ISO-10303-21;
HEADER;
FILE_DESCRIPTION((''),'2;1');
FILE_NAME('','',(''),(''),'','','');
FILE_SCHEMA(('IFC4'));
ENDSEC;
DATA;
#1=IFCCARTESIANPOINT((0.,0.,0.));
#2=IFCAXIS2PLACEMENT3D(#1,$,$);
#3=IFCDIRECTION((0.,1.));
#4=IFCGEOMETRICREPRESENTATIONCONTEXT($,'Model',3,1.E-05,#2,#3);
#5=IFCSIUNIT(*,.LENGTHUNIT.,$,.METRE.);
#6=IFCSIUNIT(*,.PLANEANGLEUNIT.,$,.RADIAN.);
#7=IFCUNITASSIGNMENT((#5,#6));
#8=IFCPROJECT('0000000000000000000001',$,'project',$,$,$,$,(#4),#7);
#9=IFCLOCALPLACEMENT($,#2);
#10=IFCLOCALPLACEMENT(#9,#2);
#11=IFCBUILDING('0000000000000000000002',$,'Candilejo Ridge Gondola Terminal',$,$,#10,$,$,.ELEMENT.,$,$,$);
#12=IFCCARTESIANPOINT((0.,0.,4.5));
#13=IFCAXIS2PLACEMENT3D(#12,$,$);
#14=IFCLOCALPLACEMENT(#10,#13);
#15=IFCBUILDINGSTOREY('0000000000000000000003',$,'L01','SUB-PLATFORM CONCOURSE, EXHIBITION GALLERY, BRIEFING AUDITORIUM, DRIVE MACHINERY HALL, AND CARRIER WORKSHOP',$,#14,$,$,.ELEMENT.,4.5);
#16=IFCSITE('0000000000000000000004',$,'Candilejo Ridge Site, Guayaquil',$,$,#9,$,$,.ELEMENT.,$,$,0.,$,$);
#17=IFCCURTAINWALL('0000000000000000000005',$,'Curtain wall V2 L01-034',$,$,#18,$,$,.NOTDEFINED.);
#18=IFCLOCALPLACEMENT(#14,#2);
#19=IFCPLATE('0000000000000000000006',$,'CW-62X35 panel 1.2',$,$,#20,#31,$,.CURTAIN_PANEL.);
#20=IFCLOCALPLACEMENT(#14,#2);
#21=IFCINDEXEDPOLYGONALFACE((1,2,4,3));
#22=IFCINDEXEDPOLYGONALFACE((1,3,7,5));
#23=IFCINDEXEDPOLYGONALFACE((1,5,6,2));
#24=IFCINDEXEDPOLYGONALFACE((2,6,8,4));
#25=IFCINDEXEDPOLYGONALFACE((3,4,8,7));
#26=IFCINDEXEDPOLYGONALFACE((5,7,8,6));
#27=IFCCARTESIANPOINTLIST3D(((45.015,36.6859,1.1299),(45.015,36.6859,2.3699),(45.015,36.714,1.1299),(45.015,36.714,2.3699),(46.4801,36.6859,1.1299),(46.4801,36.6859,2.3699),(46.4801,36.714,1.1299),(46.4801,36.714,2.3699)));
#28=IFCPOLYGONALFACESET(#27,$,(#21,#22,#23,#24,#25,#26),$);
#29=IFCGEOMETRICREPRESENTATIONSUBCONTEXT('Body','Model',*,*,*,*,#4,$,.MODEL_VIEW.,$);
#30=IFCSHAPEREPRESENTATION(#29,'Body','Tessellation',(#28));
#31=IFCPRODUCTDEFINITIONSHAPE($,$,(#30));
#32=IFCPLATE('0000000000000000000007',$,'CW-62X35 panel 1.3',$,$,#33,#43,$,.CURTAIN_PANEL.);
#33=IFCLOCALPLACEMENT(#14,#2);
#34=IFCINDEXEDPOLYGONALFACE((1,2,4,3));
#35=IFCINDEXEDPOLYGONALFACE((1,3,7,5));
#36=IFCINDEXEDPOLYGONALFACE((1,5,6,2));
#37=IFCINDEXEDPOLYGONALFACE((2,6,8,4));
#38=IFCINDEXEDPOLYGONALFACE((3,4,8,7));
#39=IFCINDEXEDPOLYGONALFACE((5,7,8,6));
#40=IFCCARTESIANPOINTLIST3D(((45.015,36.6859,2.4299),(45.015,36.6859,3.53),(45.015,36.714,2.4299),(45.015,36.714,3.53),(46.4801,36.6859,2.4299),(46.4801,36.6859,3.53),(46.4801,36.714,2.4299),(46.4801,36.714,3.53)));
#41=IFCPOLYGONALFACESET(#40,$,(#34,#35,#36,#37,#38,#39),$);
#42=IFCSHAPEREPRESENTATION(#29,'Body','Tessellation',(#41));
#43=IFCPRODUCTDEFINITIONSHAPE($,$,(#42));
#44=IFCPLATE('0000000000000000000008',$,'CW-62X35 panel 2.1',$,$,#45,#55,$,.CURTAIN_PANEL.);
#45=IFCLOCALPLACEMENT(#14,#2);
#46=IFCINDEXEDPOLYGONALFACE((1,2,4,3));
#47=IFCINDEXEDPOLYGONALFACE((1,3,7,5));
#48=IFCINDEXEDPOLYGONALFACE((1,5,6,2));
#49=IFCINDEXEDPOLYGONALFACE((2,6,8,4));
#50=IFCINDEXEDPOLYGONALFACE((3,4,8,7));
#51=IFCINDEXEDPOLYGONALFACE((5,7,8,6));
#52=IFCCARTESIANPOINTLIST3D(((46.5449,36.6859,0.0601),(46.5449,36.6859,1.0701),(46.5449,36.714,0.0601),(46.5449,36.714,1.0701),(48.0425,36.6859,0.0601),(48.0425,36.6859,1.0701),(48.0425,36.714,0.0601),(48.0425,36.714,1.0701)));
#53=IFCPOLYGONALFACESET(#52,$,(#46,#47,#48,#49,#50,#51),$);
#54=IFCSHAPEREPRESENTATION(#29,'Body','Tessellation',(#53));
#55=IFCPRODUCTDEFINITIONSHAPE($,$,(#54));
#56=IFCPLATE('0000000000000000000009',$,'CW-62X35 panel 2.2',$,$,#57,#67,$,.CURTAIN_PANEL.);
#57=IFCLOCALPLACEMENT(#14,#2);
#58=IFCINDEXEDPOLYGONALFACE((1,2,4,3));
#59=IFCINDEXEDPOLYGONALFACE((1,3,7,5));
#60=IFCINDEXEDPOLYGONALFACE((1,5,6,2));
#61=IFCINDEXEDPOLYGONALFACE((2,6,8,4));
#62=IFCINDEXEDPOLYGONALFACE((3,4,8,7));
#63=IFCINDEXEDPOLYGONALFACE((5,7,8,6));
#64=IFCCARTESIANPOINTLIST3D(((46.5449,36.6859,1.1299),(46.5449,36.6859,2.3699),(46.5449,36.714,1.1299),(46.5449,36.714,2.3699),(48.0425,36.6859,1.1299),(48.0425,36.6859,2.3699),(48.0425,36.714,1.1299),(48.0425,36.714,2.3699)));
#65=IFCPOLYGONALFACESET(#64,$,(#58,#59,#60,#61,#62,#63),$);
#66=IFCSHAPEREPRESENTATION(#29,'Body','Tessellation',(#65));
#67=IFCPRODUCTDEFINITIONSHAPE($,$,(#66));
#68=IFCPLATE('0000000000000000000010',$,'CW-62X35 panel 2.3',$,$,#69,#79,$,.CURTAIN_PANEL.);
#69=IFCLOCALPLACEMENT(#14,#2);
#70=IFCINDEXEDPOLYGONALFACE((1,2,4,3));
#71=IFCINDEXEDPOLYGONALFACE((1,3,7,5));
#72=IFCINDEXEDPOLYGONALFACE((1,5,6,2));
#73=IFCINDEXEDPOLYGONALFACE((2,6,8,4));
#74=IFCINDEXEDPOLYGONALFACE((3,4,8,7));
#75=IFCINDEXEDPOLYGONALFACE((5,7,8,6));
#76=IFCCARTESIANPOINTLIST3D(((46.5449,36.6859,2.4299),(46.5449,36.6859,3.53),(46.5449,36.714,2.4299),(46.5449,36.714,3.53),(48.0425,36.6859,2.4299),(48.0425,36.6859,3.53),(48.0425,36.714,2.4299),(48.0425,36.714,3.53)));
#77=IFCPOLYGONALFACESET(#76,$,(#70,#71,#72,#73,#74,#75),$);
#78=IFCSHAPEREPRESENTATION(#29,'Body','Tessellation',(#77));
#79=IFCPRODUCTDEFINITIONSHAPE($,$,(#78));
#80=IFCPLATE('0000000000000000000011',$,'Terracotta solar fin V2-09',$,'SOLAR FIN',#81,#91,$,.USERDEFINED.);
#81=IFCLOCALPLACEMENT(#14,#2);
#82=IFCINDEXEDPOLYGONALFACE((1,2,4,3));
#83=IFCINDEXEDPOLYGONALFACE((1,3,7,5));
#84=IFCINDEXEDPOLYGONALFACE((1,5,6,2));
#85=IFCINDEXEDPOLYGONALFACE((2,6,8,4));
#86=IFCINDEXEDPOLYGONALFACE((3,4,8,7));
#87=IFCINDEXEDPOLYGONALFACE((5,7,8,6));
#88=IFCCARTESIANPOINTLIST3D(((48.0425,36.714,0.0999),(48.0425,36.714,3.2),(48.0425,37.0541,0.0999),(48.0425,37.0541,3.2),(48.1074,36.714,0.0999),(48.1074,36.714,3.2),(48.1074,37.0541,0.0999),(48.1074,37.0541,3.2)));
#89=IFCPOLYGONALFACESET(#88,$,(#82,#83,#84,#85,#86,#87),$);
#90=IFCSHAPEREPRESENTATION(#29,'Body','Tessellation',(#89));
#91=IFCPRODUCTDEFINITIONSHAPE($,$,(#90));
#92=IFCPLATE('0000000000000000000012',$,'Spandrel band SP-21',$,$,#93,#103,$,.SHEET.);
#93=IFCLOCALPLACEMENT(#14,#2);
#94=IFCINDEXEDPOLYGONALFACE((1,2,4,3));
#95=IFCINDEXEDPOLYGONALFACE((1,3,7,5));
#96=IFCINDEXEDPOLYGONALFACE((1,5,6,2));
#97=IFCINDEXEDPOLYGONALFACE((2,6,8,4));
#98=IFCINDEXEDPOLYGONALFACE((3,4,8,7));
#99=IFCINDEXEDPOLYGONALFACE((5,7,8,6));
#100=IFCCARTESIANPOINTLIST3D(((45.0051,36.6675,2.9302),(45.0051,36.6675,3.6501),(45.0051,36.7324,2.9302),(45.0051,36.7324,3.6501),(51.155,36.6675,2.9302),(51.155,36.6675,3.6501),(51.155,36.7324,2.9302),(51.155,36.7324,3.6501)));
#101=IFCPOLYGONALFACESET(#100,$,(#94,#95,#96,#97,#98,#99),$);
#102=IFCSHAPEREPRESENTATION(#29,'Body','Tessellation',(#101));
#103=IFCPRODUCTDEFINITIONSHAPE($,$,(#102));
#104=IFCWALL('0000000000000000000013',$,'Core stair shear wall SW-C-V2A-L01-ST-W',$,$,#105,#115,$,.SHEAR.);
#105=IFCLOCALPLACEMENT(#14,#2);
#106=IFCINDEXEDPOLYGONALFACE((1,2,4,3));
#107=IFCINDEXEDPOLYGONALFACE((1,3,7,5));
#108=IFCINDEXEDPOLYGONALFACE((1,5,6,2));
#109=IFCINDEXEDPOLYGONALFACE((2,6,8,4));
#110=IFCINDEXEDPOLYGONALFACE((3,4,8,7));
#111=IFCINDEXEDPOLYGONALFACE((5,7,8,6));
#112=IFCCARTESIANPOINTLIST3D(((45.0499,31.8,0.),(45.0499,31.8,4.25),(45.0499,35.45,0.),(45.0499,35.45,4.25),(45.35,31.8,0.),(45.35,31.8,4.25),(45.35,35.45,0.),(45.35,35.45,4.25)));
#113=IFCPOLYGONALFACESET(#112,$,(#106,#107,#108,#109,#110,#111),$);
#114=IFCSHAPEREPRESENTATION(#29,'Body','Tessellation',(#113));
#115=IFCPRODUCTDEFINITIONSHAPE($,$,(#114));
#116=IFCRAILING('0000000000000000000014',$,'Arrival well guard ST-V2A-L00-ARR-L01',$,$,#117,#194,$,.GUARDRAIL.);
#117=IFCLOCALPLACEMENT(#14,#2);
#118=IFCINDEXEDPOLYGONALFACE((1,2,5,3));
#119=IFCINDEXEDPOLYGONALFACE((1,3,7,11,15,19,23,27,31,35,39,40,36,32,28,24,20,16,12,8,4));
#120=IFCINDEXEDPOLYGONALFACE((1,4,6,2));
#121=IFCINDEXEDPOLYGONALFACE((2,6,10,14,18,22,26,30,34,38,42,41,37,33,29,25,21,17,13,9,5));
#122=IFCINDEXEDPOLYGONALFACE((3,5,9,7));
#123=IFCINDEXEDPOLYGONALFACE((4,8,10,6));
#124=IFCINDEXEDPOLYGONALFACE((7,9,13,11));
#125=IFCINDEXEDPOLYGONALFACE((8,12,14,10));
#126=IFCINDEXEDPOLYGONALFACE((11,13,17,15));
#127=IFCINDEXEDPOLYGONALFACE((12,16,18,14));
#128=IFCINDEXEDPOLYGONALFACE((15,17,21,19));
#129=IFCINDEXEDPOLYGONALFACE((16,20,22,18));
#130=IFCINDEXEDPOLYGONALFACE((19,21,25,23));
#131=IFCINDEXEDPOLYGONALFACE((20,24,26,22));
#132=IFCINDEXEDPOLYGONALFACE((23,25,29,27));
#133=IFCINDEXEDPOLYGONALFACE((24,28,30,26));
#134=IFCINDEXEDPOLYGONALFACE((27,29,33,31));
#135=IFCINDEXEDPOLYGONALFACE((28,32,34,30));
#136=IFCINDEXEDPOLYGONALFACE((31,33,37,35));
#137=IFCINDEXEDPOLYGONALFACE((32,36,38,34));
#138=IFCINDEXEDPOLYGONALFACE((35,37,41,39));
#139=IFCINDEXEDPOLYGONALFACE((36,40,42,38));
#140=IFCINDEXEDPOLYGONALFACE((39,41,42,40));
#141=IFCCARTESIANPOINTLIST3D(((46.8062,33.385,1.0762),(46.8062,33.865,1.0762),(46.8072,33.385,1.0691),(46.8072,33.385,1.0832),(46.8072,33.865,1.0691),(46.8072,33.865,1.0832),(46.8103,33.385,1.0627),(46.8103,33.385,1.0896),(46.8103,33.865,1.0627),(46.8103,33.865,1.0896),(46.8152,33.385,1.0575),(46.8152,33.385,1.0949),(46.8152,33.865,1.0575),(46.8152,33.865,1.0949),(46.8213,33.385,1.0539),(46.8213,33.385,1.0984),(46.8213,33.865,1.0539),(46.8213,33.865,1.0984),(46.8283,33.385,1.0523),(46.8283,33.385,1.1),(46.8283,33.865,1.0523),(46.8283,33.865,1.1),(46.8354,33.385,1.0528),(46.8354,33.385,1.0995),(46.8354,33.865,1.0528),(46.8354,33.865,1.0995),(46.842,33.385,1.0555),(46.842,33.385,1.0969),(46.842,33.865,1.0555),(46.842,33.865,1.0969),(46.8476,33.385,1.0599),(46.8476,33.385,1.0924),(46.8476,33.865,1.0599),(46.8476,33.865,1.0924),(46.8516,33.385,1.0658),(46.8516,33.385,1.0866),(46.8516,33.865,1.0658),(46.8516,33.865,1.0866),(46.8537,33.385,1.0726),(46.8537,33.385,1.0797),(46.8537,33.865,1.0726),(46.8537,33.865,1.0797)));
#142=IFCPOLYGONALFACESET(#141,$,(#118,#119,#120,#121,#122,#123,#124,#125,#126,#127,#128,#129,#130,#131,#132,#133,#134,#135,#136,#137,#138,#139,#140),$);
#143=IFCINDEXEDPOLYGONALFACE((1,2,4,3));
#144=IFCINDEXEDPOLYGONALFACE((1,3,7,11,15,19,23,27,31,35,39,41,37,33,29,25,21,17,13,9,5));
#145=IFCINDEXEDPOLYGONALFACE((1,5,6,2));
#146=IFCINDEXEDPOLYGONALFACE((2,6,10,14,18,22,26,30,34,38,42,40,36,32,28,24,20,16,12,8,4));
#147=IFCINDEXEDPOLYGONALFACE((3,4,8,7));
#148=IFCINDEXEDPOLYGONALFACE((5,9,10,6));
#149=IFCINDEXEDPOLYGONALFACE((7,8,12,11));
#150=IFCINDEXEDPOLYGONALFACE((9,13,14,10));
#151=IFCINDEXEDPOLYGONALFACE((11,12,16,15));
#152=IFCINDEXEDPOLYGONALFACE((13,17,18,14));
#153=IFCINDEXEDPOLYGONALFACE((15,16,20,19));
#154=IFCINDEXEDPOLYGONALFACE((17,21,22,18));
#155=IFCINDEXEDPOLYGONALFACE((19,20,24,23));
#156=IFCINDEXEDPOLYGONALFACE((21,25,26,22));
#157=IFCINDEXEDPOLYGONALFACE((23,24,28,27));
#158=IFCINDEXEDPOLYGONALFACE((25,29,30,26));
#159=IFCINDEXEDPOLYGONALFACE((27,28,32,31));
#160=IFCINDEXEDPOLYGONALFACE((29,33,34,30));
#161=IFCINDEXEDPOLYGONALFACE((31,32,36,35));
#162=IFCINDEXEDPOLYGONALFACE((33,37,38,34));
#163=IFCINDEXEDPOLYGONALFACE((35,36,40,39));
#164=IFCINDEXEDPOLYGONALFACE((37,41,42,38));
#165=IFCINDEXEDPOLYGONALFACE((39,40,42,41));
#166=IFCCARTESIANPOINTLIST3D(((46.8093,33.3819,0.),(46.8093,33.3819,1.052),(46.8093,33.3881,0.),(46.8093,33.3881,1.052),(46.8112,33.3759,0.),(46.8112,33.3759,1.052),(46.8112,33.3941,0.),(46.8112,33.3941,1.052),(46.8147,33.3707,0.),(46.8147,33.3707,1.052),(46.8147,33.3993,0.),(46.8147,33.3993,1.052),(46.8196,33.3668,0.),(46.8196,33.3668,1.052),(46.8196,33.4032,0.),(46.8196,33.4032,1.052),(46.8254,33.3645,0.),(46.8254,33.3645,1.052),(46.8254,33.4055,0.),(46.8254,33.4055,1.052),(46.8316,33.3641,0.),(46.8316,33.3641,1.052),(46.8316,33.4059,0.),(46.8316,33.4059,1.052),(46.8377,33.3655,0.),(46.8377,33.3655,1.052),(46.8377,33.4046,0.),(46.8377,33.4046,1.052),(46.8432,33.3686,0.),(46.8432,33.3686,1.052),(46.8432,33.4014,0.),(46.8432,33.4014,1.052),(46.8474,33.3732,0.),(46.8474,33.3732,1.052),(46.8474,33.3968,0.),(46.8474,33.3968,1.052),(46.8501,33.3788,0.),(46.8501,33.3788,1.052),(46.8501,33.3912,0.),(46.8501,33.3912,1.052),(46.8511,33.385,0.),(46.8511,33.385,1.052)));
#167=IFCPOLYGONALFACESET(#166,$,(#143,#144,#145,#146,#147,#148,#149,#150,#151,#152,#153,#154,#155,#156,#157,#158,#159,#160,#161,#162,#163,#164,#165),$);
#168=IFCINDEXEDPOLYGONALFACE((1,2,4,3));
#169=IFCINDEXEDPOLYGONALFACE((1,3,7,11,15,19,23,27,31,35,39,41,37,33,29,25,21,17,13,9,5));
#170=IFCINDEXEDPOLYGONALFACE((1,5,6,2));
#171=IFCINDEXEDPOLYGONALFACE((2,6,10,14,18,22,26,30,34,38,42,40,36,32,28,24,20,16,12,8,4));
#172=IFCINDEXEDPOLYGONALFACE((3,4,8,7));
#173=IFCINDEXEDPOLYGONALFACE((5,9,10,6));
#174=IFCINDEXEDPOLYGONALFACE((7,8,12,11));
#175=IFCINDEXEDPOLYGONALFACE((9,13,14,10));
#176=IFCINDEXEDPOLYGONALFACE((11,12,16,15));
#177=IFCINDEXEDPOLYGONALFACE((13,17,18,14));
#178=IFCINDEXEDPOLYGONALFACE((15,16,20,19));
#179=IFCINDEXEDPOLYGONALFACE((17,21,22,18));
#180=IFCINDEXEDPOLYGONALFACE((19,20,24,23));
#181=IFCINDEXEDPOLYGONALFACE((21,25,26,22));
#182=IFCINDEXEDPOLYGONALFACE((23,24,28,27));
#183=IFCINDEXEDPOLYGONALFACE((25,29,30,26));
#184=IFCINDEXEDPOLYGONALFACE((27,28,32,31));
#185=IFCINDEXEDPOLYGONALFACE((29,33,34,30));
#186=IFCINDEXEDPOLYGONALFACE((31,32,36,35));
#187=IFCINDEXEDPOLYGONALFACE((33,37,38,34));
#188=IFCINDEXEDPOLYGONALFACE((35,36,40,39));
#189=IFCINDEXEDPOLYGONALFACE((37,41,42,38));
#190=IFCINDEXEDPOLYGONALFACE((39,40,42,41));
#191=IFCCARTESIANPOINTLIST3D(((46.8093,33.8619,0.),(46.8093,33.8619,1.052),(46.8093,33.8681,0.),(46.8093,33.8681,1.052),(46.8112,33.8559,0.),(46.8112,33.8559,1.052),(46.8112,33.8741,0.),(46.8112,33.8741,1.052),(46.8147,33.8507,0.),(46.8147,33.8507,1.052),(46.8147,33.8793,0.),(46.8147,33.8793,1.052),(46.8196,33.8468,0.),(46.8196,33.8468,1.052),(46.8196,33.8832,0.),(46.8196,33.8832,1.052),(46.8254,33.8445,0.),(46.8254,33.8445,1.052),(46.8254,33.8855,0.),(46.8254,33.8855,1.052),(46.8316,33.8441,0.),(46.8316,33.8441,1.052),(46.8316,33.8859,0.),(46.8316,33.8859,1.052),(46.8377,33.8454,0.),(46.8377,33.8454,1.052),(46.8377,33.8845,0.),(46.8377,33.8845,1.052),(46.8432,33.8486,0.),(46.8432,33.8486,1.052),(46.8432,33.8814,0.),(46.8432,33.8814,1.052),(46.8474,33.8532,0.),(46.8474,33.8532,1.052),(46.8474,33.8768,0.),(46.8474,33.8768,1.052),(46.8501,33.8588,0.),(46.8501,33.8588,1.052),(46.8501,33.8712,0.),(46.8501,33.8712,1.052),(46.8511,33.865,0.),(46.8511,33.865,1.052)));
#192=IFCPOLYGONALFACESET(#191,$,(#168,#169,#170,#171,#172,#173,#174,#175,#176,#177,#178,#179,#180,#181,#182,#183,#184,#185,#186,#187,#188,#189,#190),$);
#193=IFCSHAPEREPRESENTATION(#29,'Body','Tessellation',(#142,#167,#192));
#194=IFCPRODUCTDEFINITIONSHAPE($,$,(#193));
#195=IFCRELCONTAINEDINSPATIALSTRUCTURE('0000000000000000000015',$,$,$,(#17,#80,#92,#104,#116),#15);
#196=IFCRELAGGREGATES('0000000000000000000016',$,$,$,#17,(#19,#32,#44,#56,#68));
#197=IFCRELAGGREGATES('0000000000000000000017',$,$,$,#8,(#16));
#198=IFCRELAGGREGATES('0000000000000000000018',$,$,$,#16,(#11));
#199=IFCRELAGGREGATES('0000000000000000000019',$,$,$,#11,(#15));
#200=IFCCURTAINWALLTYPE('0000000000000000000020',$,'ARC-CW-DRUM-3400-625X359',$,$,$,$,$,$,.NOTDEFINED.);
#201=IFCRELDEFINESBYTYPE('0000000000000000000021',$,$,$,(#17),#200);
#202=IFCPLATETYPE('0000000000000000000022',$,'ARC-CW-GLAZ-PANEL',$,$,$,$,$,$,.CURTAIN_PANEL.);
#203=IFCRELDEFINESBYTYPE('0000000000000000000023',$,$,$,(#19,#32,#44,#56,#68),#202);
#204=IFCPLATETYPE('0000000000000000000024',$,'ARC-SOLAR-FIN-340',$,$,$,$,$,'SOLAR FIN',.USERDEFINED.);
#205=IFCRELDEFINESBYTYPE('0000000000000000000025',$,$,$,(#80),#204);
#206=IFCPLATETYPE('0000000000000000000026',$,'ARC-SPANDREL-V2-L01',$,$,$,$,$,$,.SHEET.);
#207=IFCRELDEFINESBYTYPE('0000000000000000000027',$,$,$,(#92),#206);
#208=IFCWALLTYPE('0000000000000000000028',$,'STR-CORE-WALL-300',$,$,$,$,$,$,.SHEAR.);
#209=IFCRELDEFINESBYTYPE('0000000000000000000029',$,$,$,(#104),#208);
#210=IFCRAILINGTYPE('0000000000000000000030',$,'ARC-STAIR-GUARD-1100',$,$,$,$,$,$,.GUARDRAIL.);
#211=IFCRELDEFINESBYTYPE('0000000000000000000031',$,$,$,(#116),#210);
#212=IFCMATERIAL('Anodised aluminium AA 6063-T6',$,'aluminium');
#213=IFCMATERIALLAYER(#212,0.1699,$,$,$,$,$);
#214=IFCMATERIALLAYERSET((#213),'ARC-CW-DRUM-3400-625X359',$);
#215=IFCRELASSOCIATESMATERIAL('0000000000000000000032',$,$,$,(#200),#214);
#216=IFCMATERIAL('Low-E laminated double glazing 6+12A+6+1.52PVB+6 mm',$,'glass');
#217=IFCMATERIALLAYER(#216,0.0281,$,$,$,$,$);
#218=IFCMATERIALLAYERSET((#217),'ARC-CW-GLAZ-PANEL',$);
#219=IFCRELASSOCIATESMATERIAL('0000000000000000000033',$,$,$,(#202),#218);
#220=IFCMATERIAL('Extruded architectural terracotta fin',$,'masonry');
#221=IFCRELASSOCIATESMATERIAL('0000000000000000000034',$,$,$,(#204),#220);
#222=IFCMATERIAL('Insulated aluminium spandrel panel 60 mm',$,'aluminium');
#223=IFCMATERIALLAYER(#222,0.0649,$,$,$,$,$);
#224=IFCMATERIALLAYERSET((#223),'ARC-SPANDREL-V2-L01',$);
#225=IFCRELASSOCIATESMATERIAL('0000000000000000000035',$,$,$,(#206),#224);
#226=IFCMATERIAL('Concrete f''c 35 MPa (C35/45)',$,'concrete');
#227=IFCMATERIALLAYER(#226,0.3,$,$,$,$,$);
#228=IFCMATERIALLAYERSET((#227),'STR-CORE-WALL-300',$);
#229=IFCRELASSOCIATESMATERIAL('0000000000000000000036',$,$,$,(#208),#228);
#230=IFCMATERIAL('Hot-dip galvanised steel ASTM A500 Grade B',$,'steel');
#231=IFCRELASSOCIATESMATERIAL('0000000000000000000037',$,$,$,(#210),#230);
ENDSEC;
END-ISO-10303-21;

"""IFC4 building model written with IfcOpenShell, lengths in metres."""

from ifc_helpers import new_model, si_unit, direction, frame, frame_2d, origin, origin_2d, place, context, subcontext, project, spatial, rectangle, circle, extrude, material, layer, layer_set, type_object, element, aggregate, save


model = new_model("IFC4")

# Units and contexts
model_context = context("Model", 3, precision=1e-05, world=origin(), true_north=direction((0.0, 1.0)))
body_context = subcontext(model_context, "Body", "Model", "MODEL_VIEW")
ifc_project = project(units=[si_unit("LENGTHUNIT", "METRE"), si_unit("PLANEANGLEUNIT", "RADIAN")], contexts=[model_context])

# Site, building, storey
site_placement = place(None, origin())
site = spatial("IfcSite", under=ifc_project, at=site_placement, Name="Candilejo Ridge Site, Guayaquil", CompositionType="ELEMENT", RefElevation=0.0)
building_placement = place(site_placement, origin())
building = spatial("IfcBuilding", under=site, at=building_placement, Name="Candilejo Ridge Gondola Terminal", CompositionType="ELEMENT")
storey_placement = place(building_placement, frame((0.0, 0.0, 4.5)))
storey = spatial("IfcBuildingStorey", under=building, at=storey_placement, Name="L01", Description="SUB-PLATFORM CONCOURSE, EXHIBITION GALLERY, BRIEFING AUDITORIUM, DRIVE MACHINERY HALL, AND CARRIER WORKSHOP", CompositionType="ELEMENT", Elevation=4.5)

# Curtain wall, plates
ifc_material_1 = material(Name="Anodised aluminium AA 6063-T6", Category="aluminium")
ifc_layer_1 = layer(ifc_material_1, 0.1699)
ifc_layer_set_1 = layer_set([ifc_layer_1], Name="ARC-CW-DRUM-3400-625X359")
curtain_wall_type = type_object("IfcCurtainWallType", Name="ARC-CW-DRUM-3400-625X359", PredefinedType="NOTDEFINED", material=ifc_layer_set_1)
curtain_wall_placement = place(storey_placement, origin())
curtain_wall = element("IfcCurtainWall", 1, at=curtain_wall_placement, inside=storey, type_object=curtain_wall_type, Name="Curtain wall V2 L01-034", PredefinedType="NOTDEFINED")
ifc_material_2 = material(Name="Low-E laminated double glazing 6+12A+6+1.52PVB+6 mm", Category="glass")
ifc_layer_2 = layer(ifc_material_2, 0.0281)
ifc_layer_set_2 = layer_set([ifc_layer_2], Name="ARC-CW-GLAZ-PANEL")
plate_type_1 = type_object("IfcPlateType", Name="ARC-CW-GLAZ-PANEL", PredefinedType="CURTAIN_PANEL", material=ifc_layer_set_2)
plate_1_placement = place(storey_placement, frame((45.7476, 36.7, 1.1299), z_axis=(0.0, 0.0, 1.0), x_axis=(1.0, 0.0, 0.0)))
plate_1 = element("IfcPlate", 2, at=plate_1_placement, type_object=plate_type_1, Name="CW-62X35 panel 1.2", PredefinedType="CURTAIN_PANEL", context=body_context, shape_type="SweptSolid", body=[
    extrude(rectangle(XDim=1.4651, YDim=0.0281, at=origin_2d()), origin(), (0.0, 0.0, 1.0), 1.24),
])
plate_2_placement = place(storey_placement, frame((45.7476, 36.7, 2.4299), z_axis=(0.0, 0.0, 1.0), x_axis=(1.0, 0.0, 0.0)))
plate_2 = element("IfcPlate", 3, at=plate_2_placement, type_object=plate_type_1, Name="CW-62X35 panel 1.3", PredefinedType="CURTAIN_PANEL", context=body_context, shape_type="SweptSolid", body=[
    extrude(rectangle(XDim=1.4651, YDim=0.0281, at=origin_2d()), origin(), (0.0, 0.0, 1.0), 1.1001),
])
plate_3_placement = place(storey_placement, frame((47.2937, 36.7, 0.0601), z_axis=(0.0, 0.0, 1.0), x_axis=(1.0, 0.0, 0.0)))
plate_3 = element("IfcPlate", 4, at=plate_3_placement, type_object=plate_type_1, Name="CW-62X35 panel 2.1", PredefinedType="CURTAIN_PANEL", context=body_context, shape_type="SweptSolid", body=[
    extrude(rectangle(XDim=1.4976, YDim=0.0281, at=origin_2d()), origin(), (0.0, 0.0, 1.0), 1.01),
])
plate_4_placement = place(storey_placement, frame((47.2937, 36.7, 1.1299), z_axis=(0.0, 0.0, 1.0), x_axis=(1.0, 0.0, 0.0)))
plate_4 = element("IfcPlate", 5, at=plate_4_placement, type_object=plate_type_1, Name="CW-62X35 panel 2.2", PredefinedType="CURTAIN_PANEL", context=body_context, shape_type="SweptSolid", body=[
    extrude(rectangle(XDim=1.4976, YDim=0.0281, at=origin_2d()), origin(), (0.0, 0.0, 1.0), 1.24),
])
plate_5_placement = place(storey_placement, frame((47.2937, 36.7, 2.4299), z_axis=(0.0, 0.0, 1.0), x_axis=(1.0, 0.0, 0.0)))
plate_5 = element("IfcPlate", 6, at=plate_5_placement, type_object=plate_type_1, Name="CW-62X35 panel 2.3", PredefinedType="CURTAIN_PANEL", context=body_context, shape_type="SweptSolid", body=[
    extrude(rectangle(XDim=1.4976, YDim=0.0281, at=origin_2d()), origin(), (0.0, 0.0, 1.0), 1.1001),
])
aggregate(curtain_wall, [plate_1, plate_2, plate_3, plate_4, plate_5])

# Plates
ifc_material_3 = material(Name="Extruded architectural terracotta fin", Category="masonry")
plate_type_2 = type_object("IfcPlateType", Name="ARC-SOLAR-FIN-340", ElementType="SOLAR FIN", PredefinedType="USERDEFINED", material=ifc_material_3)
plate_6_placement = place(storey_placement, frame((48.075, 36.884, 0.0999), z_axis=(0.0, 0.0, 1.0), x_axis=(1.0, 0.0, 0.0)))
element("IfcPlate", 7, at=plate_6_placement, inside=storey, type_object=plate_type_2, Name="Terracotta solar fin V2-09", ObjectType="SOLAR FIN", PredefinedType="USERDEFINED", context=body_context, shape_type="SweptSolid", body=[
    extrude(rectangle(XDim=0.0649, YDim=0.3401, at=origin_2d()), origin(), (0.0, 0.0, 1.0), 3.1001),
])
ifc_material_4 = material(Name="Insulated aluminium spandrel panel 60 mm", Category="aluminium")
ifc_layer_3 = layer(ifc_material_4, 0.0649)
ifc_layer_set_3 = layer_set([ifc_layer_3], Name="ARC-SPANDREL-V2-L01")
plate_type_3 = type_object("IfcPlateType", Name="ARC-SPANDREL-V2-L01", PredefinedType="SHEET", material=ifc_layer_set_3)
plate_7_placement = place(storey_placement, frame((48.0801, 36.7, 2.9302), z_axis=(0.0, 0.0, 1.0), x_axis=(1.0, 0.0, 0.0)))
element("IfcPlate", 8, at=plate_7_placement, inside=storey, type_object=plate_type_3, Name="Spandrel band SP-21", PredefinedType="SHEET", context=body_context, shape_type="SweptSolid", body=[
    extrude(rectangle(XDim=6.1499, YDim=0.0649, at=origin_2d()), origin(), (0.0, 0.0, 1.0), 0.72),
])

# Wall
ifc_material_5 = material(Name="Concrete f'c 35 MPa (C35/45)", Category="concrete")
ifc_layer_4 = layer(ifc_material_5, 0.3)
ifc_layer_set_4 = layer_set([ifc_layer_4], Name="STR-CORE-WALL-300")
wall_type = type_object("IfcWallType", Name="STR-CORE-WALL-300", PredefinedType="SHEAR", material=ifc_layer_set_4)
wall_placement = place(storey_placement, frame((45.2, 35.45, 0.0), z_axis=(0.0, 0.0, 1.0), x_axis=(0.0, -1.0, 0.0)))
element("IfcWall", 9, at=wall_placement, inside=storey, type_object=wall_type, Name="Core stair shear wall SW-C-V2A-L01-ST-W", PredefinedType="SHEAR", context=body_context, shape_type="SweptSolid", body=[
    extrude(rectangle(XDim=3.6499, YDim=0.3, at=frame_2d((1.825, 0.0))), origin(), (0.0, 0.0, 1.0), 4.25),
])

# Railing
ifc_material_6 = material(Name="Hot-dip galvanised steel ASTM A500 Grade B", Category="steel")
railing_type = type_object("IfcRailingType", Name="ARC-STAIR-GUARD-1100", PredefinedType="GUARDRAIL", material=ifc_material_6)
railing_1_placement = place(storey_placement, frame((46.8301, 33.385, 0.0)))
element("IfcRailing", 10, at=railing_1_placement, inside=storey, type_object=railing_type, Name="Arrival well guard ST-V2A-L00-ARR-L01", PredefinedType="GUARDRAIL", context=body_context, shape_type="SweptSolid", body=[
    extrude(circle(Radius=0.0239, at=origin_2d()), frame((0.0, 0.0, 1.0762), z_axis=(0.0, 1.0, 0.0), x_axis=(-1.0, 0.0, 0.0)), (0.0, 0.0, 1.0), 0.48),
    extrude(circle(Radius=0.021, at=origin_2d()), origin(), (0.0, 0.0, 1.0), 1.052),
    extrude(circle(Radius=0.021, at=origin_2d()), frame((0.0, 0.48, 0.0)), (0.0, 0.0, 1.0), 1.052),
])

save(model, "model.ifc")
